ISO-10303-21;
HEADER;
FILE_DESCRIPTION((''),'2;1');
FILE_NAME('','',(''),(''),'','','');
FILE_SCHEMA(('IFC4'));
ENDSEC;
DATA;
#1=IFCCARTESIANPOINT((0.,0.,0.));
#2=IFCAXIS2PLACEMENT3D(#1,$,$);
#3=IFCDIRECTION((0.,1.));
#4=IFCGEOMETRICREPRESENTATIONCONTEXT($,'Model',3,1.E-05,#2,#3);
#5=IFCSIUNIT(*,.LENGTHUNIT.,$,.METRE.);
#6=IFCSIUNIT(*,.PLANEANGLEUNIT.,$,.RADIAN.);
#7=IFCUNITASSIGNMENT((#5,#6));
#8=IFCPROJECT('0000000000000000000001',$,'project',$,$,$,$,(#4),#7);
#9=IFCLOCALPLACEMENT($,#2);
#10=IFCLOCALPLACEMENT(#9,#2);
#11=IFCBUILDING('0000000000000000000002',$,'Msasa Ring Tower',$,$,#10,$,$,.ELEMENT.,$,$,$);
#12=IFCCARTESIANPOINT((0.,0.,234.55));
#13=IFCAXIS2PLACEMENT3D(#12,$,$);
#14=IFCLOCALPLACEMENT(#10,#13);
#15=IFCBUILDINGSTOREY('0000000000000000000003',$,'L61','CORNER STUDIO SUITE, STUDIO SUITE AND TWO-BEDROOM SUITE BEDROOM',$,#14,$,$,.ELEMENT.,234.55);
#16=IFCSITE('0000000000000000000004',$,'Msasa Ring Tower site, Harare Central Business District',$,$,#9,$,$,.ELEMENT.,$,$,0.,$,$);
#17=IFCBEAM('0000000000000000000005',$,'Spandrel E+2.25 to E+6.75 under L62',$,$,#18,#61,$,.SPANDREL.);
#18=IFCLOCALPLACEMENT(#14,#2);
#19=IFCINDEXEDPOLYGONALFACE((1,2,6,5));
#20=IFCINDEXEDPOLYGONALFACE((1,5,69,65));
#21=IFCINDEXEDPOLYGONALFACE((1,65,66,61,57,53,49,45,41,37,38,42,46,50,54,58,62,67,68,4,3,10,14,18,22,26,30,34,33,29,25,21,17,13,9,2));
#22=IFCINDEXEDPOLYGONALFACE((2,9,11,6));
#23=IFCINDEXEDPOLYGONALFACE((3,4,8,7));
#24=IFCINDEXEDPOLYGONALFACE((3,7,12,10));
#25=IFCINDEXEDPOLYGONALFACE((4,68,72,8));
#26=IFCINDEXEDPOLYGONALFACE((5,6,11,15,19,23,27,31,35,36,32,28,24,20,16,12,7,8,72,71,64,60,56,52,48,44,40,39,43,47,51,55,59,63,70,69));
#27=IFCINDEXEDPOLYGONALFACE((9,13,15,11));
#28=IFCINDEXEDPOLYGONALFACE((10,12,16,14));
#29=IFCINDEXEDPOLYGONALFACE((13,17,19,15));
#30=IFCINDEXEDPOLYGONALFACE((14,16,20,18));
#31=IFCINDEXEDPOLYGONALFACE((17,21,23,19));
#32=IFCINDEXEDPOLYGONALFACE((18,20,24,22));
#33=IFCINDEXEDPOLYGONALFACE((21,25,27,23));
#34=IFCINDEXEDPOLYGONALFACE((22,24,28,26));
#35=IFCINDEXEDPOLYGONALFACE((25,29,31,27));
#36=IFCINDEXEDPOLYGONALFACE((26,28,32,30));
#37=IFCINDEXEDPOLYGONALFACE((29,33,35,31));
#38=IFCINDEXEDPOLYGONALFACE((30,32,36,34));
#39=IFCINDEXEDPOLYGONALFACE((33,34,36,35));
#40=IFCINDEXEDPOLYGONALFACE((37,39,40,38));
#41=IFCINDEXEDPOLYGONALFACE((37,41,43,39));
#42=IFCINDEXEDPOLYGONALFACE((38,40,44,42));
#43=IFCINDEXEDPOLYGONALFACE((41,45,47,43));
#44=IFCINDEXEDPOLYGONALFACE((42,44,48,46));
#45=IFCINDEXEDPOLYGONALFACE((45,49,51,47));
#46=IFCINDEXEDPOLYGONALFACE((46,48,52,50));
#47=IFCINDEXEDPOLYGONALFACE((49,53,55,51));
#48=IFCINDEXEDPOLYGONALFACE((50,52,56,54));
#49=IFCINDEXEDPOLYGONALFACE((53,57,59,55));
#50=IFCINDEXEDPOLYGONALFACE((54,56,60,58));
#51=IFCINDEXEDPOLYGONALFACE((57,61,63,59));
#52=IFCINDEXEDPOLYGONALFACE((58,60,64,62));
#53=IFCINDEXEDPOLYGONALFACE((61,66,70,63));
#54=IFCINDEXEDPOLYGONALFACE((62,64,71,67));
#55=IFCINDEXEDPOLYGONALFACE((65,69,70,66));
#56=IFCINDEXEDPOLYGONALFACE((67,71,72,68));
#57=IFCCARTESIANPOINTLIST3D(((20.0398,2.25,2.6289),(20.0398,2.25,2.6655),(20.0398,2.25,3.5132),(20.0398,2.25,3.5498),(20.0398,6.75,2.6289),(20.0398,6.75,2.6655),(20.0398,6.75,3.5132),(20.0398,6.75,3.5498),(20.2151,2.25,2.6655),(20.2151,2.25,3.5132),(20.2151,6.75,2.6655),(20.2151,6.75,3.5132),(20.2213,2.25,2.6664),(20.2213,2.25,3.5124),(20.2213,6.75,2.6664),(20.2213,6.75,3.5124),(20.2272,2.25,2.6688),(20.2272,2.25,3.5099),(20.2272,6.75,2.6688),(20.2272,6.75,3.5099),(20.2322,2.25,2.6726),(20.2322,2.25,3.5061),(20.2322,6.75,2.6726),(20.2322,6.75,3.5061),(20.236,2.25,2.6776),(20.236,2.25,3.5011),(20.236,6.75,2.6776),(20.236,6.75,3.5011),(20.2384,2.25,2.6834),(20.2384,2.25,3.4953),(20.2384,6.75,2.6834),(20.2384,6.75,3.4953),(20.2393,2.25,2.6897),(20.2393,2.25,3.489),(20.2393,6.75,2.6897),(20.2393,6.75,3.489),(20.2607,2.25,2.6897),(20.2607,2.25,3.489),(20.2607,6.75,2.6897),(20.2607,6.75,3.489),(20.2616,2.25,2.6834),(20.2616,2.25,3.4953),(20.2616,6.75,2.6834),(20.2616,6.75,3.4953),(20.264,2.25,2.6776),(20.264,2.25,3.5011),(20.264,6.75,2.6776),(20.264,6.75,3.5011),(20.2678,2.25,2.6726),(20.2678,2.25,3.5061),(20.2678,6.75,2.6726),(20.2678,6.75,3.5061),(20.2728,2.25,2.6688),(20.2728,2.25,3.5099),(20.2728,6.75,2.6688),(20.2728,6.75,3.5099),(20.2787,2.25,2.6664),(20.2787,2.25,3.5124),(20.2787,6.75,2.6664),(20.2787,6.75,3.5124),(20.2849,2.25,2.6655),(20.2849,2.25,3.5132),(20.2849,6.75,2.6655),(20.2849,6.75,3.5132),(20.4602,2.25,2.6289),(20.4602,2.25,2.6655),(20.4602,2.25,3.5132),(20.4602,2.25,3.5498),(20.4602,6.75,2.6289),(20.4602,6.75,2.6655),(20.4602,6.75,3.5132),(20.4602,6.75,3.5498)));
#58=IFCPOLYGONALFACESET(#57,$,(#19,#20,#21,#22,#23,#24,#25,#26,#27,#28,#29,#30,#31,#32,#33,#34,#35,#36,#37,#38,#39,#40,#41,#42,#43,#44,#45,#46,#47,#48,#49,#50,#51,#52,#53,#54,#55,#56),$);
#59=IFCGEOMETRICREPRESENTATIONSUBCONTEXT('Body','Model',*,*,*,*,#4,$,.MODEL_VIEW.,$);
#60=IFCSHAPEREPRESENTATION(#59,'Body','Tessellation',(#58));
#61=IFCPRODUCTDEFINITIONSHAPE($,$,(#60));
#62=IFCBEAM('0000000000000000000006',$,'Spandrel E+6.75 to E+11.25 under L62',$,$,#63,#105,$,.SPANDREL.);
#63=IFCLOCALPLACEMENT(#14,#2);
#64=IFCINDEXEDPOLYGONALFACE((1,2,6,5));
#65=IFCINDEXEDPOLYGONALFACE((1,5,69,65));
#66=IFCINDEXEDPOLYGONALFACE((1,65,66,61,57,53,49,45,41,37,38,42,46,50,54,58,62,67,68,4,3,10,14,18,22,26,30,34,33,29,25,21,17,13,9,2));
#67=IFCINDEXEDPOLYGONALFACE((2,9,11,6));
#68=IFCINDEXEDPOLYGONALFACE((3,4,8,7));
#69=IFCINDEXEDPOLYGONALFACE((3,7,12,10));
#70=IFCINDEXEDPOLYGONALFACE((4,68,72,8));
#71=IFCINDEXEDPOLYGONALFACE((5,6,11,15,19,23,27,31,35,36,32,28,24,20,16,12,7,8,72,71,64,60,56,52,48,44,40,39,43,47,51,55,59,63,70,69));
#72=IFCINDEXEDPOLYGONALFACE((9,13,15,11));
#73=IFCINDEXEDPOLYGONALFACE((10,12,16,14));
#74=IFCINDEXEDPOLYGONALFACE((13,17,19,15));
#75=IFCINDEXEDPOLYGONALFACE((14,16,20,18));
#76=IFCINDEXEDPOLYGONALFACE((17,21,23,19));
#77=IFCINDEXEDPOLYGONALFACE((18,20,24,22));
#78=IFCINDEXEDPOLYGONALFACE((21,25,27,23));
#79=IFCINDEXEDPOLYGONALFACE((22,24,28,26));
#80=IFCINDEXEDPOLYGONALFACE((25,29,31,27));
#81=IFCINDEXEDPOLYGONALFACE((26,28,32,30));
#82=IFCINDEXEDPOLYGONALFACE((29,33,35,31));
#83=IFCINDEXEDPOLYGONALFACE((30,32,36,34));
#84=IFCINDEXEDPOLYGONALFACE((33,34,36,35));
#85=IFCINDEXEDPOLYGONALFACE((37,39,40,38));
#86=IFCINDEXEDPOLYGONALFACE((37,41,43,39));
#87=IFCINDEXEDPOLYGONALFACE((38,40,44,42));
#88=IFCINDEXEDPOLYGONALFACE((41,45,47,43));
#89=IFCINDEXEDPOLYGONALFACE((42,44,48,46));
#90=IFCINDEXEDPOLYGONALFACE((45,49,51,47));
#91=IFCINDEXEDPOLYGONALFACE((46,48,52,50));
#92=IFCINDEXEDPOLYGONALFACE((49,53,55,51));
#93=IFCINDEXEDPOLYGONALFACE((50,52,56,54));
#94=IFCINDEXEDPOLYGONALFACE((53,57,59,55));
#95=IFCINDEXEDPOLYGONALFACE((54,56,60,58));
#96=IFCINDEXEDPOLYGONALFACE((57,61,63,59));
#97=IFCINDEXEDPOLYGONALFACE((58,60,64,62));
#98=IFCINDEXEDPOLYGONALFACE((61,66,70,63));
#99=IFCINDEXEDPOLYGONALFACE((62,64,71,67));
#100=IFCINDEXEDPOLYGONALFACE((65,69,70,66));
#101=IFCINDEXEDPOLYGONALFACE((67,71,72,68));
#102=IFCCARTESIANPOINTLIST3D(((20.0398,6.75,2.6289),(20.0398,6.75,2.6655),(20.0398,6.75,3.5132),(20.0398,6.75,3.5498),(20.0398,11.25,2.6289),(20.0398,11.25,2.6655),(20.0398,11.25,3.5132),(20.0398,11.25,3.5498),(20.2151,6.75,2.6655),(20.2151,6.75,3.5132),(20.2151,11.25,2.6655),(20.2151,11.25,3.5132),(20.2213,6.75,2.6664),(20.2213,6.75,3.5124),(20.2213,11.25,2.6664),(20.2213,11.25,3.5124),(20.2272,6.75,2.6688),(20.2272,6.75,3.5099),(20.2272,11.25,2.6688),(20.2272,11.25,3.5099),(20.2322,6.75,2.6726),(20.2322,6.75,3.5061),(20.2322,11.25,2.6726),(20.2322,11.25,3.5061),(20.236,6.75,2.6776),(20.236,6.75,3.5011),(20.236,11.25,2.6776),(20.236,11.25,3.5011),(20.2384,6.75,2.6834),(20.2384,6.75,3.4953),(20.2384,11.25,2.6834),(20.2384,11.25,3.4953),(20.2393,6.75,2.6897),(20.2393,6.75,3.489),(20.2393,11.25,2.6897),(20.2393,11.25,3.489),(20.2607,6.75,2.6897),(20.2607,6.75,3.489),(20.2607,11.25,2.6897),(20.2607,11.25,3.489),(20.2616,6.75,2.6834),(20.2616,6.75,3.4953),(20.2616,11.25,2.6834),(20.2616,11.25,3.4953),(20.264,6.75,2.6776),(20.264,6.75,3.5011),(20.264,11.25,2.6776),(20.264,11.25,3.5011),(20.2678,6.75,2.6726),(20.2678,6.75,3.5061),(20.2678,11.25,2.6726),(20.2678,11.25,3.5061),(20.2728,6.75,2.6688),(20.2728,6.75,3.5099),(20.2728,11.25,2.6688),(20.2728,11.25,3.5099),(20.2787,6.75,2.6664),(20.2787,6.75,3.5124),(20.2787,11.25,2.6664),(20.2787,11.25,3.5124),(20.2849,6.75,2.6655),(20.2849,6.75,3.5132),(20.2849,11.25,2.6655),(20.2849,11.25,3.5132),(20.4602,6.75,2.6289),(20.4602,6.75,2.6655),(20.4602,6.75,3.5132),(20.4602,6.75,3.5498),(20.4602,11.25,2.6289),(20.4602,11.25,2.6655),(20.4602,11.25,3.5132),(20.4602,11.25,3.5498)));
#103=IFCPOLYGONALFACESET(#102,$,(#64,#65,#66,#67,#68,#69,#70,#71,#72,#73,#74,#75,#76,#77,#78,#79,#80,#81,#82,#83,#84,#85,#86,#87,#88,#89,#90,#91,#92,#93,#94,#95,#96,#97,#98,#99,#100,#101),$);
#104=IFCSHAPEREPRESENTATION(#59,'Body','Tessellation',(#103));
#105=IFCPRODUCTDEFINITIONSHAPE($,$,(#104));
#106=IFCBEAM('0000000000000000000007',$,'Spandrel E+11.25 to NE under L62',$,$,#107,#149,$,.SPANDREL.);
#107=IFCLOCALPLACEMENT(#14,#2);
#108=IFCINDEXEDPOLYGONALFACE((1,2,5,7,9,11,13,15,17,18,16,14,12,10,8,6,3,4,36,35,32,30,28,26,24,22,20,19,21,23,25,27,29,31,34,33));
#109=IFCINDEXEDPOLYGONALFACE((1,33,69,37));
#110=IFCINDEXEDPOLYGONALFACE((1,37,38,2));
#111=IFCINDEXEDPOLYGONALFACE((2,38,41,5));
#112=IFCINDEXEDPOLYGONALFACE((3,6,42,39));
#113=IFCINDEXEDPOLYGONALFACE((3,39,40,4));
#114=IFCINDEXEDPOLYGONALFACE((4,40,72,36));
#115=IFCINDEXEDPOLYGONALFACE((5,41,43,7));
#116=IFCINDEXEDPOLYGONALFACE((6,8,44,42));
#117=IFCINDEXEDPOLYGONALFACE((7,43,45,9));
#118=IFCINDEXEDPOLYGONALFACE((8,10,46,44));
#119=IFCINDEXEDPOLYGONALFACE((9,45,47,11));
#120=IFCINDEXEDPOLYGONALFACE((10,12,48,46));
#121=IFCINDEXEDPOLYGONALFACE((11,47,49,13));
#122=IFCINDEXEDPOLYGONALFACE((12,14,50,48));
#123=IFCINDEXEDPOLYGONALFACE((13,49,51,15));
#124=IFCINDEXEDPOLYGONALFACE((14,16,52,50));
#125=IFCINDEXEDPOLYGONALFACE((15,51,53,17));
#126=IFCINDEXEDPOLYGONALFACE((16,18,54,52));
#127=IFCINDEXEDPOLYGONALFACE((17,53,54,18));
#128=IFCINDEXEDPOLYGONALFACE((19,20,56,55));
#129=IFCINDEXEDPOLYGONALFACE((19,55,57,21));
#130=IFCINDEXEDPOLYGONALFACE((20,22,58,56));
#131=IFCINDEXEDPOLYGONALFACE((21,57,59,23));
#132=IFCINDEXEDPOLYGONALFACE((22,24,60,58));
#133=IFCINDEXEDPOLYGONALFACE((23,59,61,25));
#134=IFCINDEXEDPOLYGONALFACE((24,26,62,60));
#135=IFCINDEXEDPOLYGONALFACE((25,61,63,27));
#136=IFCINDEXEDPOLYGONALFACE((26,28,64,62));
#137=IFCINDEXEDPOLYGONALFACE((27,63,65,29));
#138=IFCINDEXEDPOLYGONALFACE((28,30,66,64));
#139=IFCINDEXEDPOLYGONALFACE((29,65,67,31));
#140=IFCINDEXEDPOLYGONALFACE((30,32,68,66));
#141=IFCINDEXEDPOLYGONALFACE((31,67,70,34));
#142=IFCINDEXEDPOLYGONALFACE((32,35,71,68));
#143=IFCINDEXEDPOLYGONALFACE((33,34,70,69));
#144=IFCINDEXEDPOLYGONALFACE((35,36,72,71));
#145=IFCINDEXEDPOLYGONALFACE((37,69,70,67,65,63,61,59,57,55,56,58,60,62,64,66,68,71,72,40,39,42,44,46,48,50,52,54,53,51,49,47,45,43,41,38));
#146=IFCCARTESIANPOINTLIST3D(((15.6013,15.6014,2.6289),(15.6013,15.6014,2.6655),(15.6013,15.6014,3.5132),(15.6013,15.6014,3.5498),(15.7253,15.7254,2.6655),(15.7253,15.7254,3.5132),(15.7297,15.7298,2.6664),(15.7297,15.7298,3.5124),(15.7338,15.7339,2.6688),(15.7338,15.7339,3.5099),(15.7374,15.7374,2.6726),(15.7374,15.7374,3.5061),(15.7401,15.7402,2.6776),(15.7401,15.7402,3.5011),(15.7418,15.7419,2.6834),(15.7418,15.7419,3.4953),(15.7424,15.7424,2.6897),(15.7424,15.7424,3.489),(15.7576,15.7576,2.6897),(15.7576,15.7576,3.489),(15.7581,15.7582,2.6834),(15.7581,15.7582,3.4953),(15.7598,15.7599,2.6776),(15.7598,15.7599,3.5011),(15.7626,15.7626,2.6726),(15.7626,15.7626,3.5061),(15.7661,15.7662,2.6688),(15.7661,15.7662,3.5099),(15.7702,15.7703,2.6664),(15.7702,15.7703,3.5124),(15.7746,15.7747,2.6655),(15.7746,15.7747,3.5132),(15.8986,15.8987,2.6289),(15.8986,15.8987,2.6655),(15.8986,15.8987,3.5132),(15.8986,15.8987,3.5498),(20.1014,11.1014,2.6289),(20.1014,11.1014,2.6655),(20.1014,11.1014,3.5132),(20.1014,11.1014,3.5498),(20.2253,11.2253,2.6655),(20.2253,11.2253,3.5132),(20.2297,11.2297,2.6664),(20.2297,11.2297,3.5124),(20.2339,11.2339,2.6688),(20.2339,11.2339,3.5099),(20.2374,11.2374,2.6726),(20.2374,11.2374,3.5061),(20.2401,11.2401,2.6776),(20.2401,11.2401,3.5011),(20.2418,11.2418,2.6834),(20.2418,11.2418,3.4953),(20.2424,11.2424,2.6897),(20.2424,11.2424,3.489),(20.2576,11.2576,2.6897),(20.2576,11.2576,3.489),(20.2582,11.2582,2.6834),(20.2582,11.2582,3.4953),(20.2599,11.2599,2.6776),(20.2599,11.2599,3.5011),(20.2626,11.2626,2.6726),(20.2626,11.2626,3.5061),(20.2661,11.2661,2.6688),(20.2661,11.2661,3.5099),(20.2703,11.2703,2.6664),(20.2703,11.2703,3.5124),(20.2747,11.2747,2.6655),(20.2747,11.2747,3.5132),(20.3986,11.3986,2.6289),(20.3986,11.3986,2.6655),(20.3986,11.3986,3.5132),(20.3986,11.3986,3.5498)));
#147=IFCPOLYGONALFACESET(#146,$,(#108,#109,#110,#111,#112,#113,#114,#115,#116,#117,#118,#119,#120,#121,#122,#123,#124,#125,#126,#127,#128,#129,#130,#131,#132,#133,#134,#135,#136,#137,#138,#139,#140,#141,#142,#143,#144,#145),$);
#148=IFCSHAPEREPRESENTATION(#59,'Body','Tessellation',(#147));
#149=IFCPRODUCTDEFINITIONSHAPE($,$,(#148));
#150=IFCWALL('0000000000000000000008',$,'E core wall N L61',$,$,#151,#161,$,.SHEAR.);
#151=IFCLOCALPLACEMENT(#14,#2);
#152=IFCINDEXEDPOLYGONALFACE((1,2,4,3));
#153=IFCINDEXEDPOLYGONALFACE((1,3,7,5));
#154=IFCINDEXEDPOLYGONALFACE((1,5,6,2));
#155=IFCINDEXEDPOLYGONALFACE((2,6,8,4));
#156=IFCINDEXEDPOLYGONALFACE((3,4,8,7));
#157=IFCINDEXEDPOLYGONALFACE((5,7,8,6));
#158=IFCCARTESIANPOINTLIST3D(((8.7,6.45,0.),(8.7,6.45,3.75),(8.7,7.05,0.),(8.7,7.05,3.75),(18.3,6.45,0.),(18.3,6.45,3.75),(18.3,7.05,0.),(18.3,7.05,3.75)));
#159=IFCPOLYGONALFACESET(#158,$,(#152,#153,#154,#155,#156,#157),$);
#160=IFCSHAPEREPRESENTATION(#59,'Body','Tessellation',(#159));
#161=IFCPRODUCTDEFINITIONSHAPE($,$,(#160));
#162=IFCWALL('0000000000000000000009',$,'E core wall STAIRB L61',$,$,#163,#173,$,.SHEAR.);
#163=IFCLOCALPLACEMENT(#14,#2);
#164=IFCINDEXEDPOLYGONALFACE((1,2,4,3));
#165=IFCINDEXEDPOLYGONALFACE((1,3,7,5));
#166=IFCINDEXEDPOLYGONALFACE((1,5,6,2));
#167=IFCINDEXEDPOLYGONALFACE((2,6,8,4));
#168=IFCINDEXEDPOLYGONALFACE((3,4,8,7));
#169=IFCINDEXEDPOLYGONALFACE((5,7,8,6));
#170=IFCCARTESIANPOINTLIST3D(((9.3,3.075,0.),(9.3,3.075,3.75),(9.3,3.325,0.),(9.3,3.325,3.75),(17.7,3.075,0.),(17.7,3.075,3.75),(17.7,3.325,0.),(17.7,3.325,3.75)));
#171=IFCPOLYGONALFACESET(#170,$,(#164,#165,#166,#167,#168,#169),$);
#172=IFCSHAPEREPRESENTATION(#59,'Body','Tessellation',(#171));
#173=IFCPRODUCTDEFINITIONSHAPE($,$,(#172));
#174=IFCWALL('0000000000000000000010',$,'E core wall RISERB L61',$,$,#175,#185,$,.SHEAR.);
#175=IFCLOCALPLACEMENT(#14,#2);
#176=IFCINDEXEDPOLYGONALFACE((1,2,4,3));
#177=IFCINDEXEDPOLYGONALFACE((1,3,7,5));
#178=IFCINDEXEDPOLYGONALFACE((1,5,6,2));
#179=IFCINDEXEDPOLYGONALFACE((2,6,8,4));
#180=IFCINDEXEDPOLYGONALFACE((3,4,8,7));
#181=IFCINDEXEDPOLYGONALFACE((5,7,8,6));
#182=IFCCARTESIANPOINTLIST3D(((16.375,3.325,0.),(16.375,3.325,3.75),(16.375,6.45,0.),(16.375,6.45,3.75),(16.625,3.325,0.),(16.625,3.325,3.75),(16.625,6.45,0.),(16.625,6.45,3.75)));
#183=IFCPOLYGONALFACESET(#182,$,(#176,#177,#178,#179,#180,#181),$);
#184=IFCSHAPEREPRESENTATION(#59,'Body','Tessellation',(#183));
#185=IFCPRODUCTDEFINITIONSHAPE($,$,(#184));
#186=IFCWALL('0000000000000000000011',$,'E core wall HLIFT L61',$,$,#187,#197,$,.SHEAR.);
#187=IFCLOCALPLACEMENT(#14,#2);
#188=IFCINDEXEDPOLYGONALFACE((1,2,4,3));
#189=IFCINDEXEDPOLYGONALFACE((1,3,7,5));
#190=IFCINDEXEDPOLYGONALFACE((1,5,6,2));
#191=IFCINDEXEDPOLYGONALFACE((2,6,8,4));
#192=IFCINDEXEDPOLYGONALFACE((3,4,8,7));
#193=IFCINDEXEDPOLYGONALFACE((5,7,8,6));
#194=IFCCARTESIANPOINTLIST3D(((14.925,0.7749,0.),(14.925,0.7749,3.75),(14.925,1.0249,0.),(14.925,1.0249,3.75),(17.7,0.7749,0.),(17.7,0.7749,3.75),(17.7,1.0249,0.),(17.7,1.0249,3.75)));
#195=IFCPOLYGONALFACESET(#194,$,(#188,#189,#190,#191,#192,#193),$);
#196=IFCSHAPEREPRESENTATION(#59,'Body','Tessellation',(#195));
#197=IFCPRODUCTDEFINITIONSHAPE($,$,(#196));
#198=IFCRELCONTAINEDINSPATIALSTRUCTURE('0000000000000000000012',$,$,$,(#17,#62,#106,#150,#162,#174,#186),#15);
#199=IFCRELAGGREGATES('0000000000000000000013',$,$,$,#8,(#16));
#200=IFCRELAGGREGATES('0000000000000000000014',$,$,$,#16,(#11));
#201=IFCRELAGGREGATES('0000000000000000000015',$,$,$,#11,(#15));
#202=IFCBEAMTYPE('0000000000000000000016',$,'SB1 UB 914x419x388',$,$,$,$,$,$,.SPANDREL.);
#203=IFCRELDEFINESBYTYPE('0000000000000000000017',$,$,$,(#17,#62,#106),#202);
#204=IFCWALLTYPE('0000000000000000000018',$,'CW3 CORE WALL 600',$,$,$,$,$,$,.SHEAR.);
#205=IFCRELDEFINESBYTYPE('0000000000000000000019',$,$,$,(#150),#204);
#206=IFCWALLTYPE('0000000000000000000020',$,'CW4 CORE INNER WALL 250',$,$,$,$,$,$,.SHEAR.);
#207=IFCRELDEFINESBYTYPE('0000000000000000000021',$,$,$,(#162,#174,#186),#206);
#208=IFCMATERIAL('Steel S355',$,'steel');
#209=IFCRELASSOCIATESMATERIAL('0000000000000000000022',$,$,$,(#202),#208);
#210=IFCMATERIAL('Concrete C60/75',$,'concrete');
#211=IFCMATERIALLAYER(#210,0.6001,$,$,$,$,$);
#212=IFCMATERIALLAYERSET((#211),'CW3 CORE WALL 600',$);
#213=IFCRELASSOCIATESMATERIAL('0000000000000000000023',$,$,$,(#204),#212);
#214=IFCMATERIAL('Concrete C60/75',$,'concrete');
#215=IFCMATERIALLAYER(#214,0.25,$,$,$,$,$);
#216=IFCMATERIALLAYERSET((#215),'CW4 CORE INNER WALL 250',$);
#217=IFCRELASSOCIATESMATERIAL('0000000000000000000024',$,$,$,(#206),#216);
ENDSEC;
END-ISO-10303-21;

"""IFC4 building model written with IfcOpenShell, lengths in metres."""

from ifc_helpers import new_model, si_unit, direction, frame, frame_2d, origin, origin_2d, place, context, subcontext, project, spatial, rectangle, i_section, extrude, material, layer, layer_set, material_profile, profile_set, type_object, element, save


model = new_model("IFC4")

# Units and contexts
model_context = context("Model", 3, precision=1e-05, world=origin(), true_north=direction((0.0, 1.0)))
body_context = subcontext(model_context, "Body", "Model", "MODEL_VIEW")
ifc_project = project(units=[si_unit("LENGTHUNIT", "METRE"), si_unit("PLANEANGLEUNIT", "RADIAN")], contexts=[model_context])

# Site, building, storey
site_placement = place(None, origin())
site = spatial("IfcSite", under=ifc_project, at=site_placement, Name="Msasa Ring Tower site, Harare Central Business District", CompositionType="ELEMENT", RefElevation=0.0)
building_placement = place(site_placement, origin())
building = spatial("IfcBuilding", under=site, at=building_placement, Name="Msasa Ring Tower", CompositionType="ELEMENT")
storey_placement = place(building_placement, frame((0.0, 0.0, 234.55)))
storey = spatial("IfcBuildingStorey", under=building, at=storey_placement, Name="L61", Description="CORNER STUDIO SUITE, STUDIO SUITE AND TWO-BEDROOM SUITE BEDROOM", CompositionType="ELEMENT", Elevation=234.55)

# Beams
ifc_material_1 = material(Name="Steel S355", Category="steel")
ifc_material_profile_1 = material_profile(ifc_material_1, i_section(OverallWidth=0.4204, OverallDepth=0.9209, WebThickness=0.0215, FlangeThickness=0.0366, FilletRadius=0.0242, at=origin_2d()), Name="UB 914x419x388")
ifc_profile_set_1 = profile_set([ifc_material_profile_1], Name="Steel S355")
beam_type_1 = type_object("IfcBeamType", Name="SB1 UB 914x419x388", PredefinedType="SPANDREL", material=ifc_profile_set_1)
for number, where, z_axis, x_axis, name in (
    (1, (20.25, 2.25, 3.0894), (0.0, 1.0, 0.0), (-1.0, 0.0, 0.0), "Spandrel E+2.25 to E+6.75 under L62"),
    (2, (20.25, 6.75, 3.0894), (0.0, 1.0, 0.0), (-1.0, 0.0, 0.0), "Spandrel E+6.75 to E+11.25 under L62"),
):
    element("IfcBeam", number, at=place(storey_placement, frame(where, z_axis=z_axis, x_axis=x_axis)), inside=storey, type_object=beam_type_1, Name=name, PredefinedType="SPANDREL", context=body_context, shape_type="SweptSolid", body=[
        extrude(i_section(OverallWidth=0.4204, OverallDepth=0.9209, WebThickness=0.0215, FlangeThickness=0.0366, FilletRadius=0.0242, at=origin_2d()), origin(), (0.0, 0.0, 1.0), 4.5),
    ])
beam_1_placement = place(storey_placement, frame((20.25, 11.25, 3.0894), z_axis=(-0.707107, 0.707107, 0.0), x_axis=(-0.707107, -0.707107, 0.0)))
element("IfcBeam", 3, at=beam_1_placement, inside=storey, type_object=beam_type_1, Name="Spandrel E+11.25 to NE under L62", PredefinedType="SPANDREL", context=body_context, shape_type="SweptSolid", body=[
    extrude(i_section(OverallWidth=0.4204, OverallDepth=0.9209, WebThickness=0.0215, FlangeThickness=0.0366, FilletRadius=0.0242, at=origin_2d()), origin(), (0.0, 0.0, 1.0), 6.364),
])

# Walls
ifc_material_2 = material(Name="Concrete C60/75", Category="concrete")
ifc_layer_1 = layer(ifc_material_2, 0.6001)
ifc_layer_set_1 = layer_set([ifc_layer_1], Name="CW3 CORE WALL 600")
wall_type_1 = type_object("IfcWallType", Name="CW3 CORE WALL 600", PredefinedType="SHEAR", material=ifc_layer_set_1)
wall_1_placement = place(storey_placement, frame((8.7, 6.75, 0.0), z_axis=(0.0, 0.0, 1.0), x_axis=(1.0, 0.0, 0.0)))
element("IfcWall", 4, at=wall_1_placement, inside=storey, type_object=wall_type_1, Name="E core wall N L61", PredefinedType="SHEAR", context=body_context, shape_type="SweptSolid", body=[
    extrude(rectangle(XDim=9.6001, YDim=0.6001, at=frame_2d((4.8, 0.0))), origin(), (0.0, 0.0, 1.0), 3.75),
])
ifc_material_3 = material(Name="Concrete C60/75", Category="concrete")
ifc_layer_2 = layer(ifc_material_3, 0.25)
ifc_layer_set_2 = layer_set([ifc_layer_2], Name="CW4 CORE INNER WALL 250")
wall_type_2 = type_object("IfcWallType", Name="CW4 CORE INNER WALL 250", PredefinedType="SHEAR", material=ifc_layer_set_2)
wall_2_placement = place(storey_placement, frame((9.3, 3.2, 0.0), z_axis=(0.0, 0.0, 1.0), x_axis=(1.0, 0.0, 0.0)))
element("IfcWall", 5, at=wall_2_placement, inside=storey, type_object=wall_type_2, Name="E core wall STAIRB L61", PredefinedType="SHEAR", context=body_context, shape_type="SweptSolid", body=[
    extrude(rectangle(XDim=8.3999, YDim=0.25, at=frame_2d((4.2, 0.0))), origin(), (0.0, 0.0, 1.0), 3.75),
])
wall_3_placement = place(storey_placement, frame((16.5, 3.325, 0.0), z_axis=(0.0, 0.0, 1.0), x_axis=(0.0, 1.0, 0.0)))
element("IfcWall", 6, at=wall_3_placement, inside=storey, type_object=wall_type_2, Name="E core wall RISERB L61", PredefinedType="SHEAR", context=body_context, shape_type="SweptSolid", body=[
    extrude(rectangle(XDim=3.125, YDim=0.25, at=frame_2d((1.5625, 0.0))), origin(), (0.0, 0.0, 1.0), 3.75),
])
wall_4_placement = place(storey_placement, frame((14.925, 0.8999, 0.0), z_axis=(0.0, 0.0, 1.0), x_axis=(1.0, 0.0, 0.0)))
element("IfcWall", 7, at=wall_4_placement, inside=storey, type_object=wall_type_2, Name="E core wall HLIFT L61", PredefinedType="SHEAR", context=body_context, shape_type="SweptSolid", body=[
    extrude(rectangle(XDim=2.7749, YDim=0.25, at=frame_2d((1.3875, 0.0))), origin(), (0.0, 0.0, 1.0), 3.75),
])

save(model, "model.ifc")
